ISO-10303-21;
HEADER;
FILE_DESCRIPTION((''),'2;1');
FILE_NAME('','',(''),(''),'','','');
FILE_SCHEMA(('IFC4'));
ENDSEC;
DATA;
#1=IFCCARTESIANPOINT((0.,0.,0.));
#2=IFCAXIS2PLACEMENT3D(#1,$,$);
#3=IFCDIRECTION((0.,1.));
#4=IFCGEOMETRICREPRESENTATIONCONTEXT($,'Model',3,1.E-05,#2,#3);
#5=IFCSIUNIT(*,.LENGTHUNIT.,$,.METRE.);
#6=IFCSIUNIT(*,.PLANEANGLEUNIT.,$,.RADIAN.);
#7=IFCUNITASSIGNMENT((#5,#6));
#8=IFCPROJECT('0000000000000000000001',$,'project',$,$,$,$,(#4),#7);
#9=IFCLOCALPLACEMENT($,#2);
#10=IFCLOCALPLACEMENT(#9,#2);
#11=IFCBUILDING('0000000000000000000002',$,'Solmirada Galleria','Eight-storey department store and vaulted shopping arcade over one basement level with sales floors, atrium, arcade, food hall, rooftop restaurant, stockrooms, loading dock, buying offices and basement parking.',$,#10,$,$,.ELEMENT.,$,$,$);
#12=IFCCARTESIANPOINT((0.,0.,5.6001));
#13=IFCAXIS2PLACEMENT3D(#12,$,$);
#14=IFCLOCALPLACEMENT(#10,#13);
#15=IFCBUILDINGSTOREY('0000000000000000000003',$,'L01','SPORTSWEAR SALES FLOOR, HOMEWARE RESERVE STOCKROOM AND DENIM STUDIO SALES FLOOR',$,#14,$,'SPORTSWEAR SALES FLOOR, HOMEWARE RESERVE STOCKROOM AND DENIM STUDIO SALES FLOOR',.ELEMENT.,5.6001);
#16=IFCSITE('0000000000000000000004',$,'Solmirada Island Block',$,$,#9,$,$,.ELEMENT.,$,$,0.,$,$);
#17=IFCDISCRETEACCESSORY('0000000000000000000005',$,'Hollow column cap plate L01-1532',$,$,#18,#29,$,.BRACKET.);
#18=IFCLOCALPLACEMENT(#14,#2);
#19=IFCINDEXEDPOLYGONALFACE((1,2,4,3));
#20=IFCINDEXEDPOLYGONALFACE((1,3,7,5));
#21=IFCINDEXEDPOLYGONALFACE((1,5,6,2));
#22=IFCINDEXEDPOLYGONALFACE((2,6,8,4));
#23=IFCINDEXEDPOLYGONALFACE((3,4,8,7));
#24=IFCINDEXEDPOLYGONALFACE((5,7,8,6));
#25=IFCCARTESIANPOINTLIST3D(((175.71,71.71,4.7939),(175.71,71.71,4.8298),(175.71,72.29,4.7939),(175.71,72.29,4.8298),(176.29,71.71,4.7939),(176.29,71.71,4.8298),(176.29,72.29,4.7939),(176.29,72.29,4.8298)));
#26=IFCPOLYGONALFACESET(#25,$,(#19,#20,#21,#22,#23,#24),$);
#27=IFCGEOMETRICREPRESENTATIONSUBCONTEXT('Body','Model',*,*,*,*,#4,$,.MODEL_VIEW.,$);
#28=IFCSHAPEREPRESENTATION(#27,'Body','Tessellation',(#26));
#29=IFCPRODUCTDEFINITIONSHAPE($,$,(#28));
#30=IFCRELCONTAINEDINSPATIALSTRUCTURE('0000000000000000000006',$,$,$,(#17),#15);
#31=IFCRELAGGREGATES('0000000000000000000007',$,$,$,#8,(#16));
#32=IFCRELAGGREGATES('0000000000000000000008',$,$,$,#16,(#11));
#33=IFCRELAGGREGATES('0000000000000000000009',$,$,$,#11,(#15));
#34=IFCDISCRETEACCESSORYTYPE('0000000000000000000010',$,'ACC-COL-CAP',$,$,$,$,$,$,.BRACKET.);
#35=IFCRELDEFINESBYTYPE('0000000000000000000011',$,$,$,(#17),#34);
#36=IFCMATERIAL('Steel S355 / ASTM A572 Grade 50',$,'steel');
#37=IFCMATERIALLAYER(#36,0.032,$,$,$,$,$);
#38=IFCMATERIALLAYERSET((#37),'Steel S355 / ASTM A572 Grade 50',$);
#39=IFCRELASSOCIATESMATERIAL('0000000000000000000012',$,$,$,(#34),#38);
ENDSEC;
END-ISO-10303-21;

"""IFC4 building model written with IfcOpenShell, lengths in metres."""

from ifc_helpers import new_model, si_unit, direction, frame, origin, origin_2d, place, context, subcontext, project, spatial, rectangle, extrude, material, layer, layer_set, type_object, element, save


model = new_model("IFC4")

# Units and contexts
model_context = context("Model", 3, precision=1e-05, world=origin(), true_north=direction((0.0, 1.0)))
body_context = subcontext(model_context, "Body", "Model", "MODEL_VIEW")
ifc_project = project(units=[si_unit("LENGTHUNIT", "METRE"), si_unit("PLANEANGLEUNIT", "RADIAN")], contexts=[model_context])

# Site, building, storey
site_placement = place(None, origin())
site = spatial("IfcSite", under=ifc_project, at=site_placement, Name="Solmirada Island Block", CompositionType="ELEMENT", RefElevation=0.0)
building_placement = place(site_placement, origin())
building = spatial("IfcBuilding", under=site, at=building_placement, Name="Solmirada Galleria", Description="Eight-storey department store and vaulted shopping arcade over one basement level with sales floors, atrium, arcade, food hall, rooftop restaurant, stockrooms, loading dock, buying offices and basement parking.", CompositionType="ELEMENT")
storey_placement = place(building_placement, frame((0.0, 0.0, 5.6001)))
storey = spatial("IfcBuildingStorey", under=building, at=storey_placement, Name="L01", Description="SPORTSWEAR SALES FLOOR, HOMEWARE RESERVE STOCKROOM AND DENIM STUDIO SALES FLOOR", LongName="SPORTSWEAR SALES FLOOR, HOMEWARE RESERVE STOCKROOM AND DENIM STUDIO SALES FLOOR", CompositionType="ELEMENT", Elevation=5.6001)

# Shared definitions
ifc_material_1 = material(Name="Steel S355 / ASTM A572 Grade 50", Category="steel")

# Discrete accessory
ifc_layer_1 = layer(ifc_material_1, 0.032)
ifc_layer_set_1 = layer_set([ifc_layer_1], Name="Steel S355 / ASTM A572 Grade 50")
discrete_accessory_type = type_object("IfcDiscreteAccessoryType", Name="ACC-COL-CAP", PredefinedType="BRACKET", material=ifc_layer_set_1)
discrete_accessory_placement = place(storey_placement, frame((176.0, 72.0, 4.7939), z_axis=(0.0, 0.0, 1.0), x_axis=(1.0, 0.0, 0.0)))
element("IfcDiscreteAccessory", 1, at=discrete_accessory_placement, inside=storey, type_object=discrete_accessory_type, Name="Hollow column cap plate L01-1532", PredefinedType="BRACKET", context=body_context, shape_type="SweptSolid", body=[
    extrude(rectangle(XDim=0.5801, YDim=0.5801, at=origin_2d()), origin(), (0.0, 0.0, 1.0), 0.0359),
])

save(model, "model.ifc")
